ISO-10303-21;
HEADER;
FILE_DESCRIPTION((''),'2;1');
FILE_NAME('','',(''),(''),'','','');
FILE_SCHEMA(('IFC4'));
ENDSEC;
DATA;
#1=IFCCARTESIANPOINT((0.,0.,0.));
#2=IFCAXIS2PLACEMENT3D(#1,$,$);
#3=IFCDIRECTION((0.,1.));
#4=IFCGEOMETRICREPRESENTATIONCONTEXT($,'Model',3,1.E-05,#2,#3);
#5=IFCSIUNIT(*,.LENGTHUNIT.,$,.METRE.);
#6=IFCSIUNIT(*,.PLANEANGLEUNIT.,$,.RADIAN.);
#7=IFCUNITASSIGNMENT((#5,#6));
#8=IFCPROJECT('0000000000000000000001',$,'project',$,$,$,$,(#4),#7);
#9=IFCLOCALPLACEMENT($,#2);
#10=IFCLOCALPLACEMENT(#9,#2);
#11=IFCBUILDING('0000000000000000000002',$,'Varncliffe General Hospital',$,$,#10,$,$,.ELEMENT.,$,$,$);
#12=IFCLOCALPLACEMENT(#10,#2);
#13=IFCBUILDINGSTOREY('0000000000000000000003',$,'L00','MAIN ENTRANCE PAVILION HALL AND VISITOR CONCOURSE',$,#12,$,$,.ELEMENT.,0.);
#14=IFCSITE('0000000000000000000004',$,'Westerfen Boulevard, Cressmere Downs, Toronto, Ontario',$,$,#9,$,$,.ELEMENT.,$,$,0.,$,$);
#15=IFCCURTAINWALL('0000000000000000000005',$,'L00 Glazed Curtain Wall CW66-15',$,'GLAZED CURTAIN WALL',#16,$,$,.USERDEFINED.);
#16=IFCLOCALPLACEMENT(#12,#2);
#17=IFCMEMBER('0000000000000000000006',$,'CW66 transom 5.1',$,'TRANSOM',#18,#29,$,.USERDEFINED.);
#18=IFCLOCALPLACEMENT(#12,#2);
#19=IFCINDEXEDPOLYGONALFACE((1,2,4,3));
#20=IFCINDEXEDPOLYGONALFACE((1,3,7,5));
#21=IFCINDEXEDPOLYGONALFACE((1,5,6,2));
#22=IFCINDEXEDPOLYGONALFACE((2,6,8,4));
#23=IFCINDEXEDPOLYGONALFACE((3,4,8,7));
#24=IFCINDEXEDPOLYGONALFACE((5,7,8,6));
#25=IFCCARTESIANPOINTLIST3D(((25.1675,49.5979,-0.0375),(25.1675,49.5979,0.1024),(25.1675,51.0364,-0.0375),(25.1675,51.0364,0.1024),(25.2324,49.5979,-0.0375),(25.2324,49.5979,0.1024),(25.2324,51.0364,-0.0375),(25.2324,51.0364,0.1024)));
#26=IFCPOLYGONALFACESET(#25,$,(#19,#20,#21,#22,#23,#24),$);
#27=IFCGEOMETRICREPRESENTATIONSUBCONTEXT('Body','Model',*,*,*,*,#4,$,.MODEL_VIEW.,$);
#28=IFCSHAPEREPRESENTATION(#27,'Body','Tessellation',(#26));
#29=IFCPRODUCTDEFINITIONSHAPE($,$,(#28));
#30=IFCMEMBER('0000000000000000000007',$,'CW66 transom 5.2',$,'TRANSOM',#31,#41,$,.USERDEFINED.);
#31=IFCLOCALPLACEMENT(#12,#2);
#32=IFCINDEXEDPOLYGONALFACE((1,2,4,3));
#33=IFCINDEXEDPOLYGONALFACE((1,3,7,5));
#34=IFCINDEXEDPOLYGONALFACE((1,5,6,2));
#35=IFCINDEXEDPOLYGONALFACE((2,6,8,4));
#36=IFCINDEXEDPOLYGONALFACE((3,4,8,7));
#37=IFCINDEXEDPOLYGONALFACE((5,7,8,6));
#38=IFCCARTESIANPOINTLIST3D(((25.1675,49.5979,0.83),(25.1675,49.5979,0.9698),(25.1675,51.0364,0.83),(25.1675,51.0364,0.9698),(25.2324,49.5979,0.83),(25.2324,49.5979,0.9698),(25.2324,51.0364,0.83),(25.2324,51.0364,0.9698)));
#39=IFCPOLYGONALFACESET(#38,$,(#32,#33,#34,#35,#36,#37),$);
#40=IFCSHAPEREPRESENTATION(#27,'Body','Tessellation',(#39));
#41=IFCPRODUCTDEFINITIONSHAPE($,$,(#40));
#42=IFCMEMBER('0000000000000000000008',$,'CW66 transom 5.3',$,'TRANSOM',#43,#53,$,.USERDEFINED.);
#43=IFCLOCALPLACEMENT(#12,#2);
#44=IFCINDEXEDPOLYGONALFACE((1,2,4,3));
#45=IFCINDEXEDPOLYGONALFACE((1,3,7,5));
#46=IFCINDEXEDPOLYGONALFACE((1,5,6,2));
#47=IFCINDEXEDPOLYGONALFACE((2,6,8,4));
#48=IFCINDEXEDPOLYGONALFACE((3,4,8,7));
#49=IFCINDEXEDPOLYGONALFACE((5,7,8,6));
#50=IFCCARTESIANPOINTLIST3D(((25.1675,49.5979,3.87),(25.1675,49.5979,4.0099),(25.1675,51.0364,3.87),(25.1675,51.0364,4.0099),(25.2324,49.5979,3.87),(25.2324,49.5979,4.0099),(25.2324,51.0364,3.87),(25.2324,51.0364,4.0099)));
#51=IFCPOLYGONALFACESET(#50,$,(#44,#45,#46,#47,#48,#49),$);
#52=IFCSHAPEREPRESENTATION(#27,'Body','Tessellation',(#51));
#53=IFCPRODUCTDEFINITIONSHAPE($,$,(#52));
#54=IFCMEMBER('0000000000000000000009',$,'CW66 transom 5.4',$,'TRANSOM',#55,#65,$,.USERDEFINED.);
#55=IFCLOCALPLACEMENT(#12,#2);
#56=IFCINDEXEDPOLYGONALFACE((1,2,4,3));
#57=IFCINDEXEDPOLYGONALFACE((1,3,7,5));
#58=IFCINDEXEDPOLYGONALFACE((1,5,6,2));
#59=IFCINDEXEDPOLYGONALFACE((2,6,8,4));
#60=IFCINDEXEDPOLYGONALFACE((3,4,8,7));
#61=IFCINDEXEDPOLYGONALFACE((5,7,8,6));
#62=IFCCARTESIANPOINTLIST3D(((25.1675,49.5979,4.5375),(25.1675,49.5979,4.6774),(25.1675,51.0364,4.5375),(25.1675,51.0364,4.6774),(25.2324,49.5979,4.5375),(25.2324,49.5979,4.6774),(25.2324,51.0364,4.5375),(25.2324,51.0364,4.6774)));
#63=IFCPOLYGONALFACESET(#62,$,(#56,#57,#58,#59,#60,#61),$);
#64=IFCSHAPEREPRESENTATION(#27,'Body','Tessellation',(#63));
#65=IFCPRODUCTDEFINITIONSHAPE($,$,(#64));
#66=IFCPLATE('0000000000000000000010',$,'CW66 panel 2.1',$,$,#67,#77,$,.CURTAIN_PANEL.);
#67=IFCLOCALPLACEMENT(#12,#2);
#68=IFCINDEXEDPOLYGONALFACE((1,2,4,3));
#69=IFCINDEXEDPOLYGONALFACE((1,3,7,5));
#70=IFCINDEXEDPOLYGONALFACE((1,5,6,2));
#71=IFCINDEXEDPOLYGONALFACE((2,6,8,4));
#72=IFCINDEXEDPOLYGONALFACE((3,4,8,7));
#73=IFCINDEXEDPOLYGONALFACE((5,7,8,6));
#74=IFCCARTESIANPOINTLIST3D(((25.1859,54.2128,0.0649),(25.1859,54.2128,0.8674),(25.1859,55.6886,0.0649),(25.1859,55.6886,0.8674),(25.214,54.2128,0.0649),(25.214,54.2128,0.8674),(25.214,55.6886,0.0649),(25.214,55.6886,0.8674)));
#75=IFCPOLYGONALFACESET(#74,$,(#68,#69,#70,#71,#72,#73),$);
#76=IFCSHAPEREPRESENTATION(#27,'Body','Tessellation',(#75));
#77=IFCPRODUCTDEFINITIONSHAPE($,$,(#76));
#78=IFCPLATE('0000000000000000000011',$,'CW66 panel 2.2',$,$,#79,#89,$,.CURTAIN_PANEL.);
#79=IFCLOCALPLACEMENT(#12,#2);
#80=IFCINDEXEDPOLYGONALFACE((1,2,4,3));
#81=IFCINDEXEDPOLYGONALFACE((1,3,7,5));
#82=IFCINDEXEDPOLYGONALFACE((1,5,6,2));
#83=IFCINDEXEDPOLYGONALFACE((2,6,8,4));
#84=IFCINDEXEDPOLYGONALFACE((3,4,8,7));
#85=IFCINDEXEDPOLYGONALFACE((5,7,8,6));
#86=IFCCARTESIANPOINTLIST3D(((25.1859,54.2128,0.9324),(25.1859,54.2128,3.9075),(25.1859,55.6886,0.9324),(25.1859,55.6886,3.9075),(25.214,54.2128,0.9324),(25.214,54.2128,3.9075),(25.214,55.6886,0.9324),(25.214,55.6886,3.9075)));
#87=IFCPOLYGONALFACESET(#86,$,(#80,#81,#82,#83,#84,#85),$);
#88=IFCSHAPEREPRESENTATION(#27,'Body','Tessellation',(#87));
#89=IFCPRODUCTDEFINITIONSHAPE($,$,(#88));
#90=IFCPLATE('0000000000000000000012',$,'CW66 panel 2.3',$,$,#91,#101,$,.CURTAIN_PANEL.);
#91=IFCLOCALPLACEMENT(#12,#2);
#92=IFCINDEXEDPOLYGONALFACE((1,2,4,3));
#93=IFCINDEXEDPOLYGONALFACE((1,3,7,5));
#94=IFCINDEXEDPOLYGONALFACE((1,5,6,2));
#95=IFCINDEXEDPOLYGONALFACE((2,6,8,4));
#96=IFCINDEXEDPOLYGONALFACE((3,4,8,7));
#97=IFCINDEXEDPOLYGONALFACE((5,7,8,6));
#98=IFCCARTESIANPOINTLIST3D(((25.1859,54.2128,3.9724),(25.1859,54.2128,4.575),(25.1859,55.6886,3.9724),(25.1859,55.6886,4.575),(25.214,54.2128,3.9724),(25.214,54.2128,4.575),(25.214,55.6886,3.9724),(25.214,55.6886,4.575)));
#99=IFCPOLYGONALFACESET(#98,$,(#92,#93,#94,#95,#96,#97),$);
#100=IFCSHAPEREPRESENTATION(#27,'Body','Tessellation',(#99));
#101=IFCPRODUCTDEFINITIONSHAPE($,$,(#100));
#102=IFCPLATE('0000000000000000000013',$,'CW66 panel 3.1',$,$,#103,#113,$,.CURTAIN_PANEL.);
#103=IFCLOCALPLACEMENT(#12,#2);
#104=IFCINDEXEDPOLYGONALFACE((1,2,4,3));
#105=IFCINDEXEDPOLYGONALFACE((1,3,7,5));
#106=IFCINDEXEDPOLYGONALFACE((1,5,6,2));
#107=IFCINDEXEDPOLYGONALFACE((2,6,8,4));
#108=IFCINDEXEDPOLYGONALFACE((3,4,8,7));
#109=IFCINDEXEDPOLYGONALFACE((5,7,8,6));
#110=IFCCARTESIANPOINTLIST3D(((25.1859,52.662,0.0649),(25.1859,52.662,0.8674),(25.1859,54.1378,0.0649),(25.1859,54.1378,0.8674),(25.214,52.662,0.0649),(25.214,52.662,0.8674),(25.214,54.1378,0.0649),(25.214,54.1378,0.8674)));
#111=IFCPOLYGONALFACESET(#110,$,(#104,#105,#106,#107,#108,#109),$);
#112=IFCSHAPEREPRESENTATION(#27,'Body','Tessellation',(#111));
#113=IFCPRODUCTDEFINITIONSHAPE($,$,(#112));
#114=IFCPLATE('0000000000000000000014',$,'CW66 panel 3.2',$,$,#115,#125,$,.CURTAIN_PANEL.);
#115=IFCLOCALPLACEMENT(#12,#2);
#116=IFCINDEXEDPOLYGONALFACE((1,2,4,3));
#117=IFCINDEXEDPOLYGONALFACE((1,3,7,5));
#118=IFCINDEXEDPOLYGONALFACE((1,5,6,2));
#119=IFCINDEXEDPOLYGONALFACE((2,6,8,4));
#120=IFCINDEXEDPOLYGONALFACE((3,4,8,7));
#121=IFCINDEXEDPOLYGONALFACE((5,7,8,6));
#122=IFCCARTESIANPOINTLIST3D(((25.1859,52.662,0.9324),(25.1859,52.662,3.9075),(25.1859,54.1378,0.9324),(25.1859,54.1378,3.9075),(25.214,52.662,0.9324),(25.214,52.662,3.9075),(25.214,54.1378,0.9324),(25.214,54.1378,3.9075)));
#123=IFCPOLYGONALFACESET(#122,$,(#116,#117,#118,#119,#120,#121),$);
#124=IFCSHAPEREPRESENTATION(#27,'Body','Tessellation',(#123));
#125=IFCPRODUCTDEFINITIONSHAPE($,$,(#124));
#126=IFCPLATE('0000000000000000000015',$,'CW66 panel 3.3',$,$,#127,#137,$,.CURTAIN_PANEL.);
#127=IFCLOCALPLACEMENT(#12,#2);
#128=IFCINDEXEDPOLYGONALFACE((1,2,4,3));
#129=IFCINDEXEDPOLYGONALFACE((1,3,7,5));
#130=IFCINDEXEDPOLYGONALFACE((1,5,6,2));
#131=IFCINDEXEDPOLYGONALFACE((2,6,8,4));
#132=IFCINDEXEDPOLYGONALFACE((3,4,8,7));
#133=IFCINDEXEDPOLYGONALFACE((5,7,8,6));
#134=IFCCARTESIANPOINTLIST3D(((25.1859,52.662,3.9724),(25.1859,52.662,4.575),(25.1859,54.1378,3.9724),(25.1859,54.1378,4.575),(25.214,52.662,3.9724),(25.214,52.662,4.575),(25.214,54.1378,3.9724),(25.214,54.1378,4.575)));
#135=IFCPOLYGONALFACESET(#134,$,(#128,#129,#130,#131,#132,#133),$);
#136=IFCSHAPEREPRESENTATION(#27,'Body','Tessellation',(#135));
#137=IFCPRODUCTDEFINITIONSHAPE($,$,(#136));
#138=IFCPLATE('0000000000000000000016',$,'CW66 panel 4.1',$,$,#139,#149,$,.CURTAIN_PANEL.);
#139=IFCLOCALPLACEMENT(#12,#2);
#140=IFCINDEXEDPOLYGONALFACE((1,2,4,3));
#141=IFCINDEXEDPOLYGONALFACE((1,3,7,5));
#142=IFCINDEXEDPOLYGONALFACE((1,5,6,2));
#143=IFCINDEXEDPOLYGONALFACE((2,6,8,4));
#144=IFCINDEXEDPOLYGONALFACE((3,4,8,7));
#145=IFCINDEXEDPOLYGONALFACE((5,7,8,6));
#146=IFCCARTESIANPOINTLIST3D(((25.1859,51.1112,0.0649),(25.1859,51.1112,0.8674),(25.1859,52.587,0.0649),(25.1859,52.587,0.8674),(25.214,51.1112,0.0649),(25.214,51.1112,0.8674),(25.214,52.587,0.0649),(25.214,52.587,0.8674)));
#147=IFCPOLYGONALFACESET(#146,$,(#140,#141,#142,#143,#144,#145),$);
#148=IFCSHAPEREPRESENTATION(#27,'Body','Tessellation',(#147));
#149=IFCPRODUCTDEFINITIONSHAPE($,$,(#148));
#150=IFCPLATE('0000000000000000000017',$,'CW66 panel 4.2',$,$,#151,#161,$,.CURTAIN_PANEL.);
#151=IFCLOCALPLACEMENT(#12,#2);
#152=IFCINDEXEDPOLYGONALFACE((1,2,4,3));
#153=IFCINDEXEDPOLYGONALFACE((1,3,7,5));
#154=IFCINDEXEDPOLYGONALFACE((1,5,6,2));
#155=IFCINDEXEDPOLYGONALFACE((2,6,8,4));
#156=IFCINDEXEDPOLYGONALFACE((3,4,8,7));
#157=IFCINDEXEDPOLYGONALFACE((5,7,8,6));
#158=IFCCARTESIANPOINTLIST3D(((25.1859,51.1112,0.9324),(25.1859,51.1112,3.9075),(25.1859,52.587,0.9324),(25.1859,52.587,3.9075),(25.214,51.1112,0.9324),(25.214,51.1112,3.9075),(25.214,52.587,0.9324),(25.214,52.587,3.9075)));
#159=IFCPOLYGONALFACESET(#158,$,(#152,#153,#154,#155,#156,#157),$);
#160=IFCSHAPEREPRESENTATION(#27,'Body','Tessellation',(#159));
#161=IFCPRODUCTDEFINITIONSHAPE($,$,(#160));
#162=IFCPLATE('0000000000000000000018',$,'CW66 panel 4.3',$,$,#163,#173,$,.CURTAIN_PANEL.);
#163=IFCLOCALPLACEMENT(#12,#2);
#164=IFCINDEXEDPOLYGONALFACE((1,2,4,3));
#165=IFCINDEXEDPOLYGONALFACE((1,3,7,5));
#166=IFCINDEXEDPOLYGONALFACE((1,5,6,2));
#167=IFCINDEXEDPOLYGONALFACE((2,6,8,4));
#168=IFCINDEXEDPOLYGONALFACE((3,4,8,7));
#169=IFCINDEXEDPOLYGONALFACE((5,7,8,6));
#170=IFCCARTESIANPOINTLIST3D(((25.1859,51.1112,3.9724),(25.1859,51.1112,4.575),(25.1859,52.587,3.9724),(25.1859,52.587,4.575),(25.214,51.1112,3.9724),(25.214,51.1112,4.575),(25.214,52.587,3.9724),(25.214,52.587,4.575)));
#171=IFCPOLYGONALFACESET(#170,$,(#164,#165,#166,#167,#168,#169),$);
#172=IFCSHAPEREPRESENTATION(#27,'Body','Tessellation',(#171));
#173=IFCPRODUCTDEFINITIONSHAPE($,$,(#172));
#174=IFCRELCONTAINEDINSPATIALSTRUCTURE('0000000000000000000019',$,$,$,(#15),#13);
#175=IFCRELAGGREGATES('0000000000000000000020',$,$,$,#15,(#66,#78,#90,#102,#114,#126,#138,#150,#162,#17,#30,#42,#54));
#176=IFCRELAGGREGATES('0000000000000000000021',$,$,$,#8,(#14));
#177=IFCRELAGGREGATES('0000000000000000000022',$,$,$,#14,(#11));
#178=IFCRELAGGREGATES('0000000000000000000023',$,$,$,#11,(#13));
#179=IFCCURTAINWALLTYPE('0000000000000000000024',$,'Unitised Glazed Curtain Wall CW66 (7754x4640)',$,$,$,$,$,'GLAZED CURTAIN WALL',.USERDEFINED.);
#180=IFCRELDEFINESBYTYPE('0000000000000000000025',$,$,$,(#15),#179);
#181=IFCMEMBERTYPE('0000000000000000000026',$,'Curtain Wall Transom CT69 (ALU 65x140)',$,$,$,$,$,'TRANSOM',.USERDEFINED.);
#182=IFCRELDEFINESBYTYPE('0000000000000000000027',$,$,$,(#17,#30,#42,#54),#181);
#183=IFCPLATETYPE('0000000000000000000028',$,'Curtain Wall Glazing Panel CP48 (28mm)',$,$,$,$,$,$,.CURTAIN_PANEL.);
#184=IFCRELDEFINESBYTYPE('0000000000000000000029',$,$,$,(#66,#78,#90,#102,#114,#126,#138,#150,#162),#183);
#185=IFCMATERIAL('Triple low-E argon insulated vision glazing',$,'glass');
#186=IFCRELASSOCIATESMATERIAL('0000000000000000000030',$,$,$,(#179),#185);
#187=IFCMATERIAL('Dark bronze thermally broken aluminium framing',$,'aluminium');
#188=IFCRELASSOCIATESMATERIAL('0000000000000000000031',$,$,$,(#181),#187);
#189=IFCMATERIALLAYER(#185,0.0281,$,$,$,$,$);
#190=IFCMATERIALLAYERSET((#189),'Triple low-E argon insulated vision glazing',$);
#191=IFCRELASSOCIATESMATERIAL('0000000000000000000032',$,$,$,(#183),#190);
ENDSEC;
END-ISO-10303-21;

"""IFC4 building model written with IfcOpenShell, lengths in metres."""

from ifc_helpers import new_model, si_unit, direction, frame, origin, origin_2d, place, context, subcontext, project, spatial, rectangle, extrude, material, layer, layer_set, material_profile, profile_set, type_object, element, aggregate, save


model = new_model("IFC4")

# Units and contexts
model_context = context("Model", 3, precision=1e-05, world=origin(), true_north=direction((0.0, 1.0)))
body_context = subcontext(model_context, "Body", "Model", "MODEL_VIEW")
ifc_project = project(units=[si_unit("LENGTHUNIT", "METRE"), si_unit("PLANEANGLEUNIT", "RADIAN")], contexts=[model_context])

# Site, building, storey
site_placement = place(None, origin())
site = spatial("IfcSite", under=ifc_project, at=site_placement, Name="Westerfen Boulevard, Cressmere Downs, Toronto, Ontario", CompositionType="ELEMENT", RefElevation=0.0)
building_placement = place(site_placement, origin())
building = spatial("IfcBuilding", under=site, at=building_placement, Name="Varncliffe General Hospital", CompositionType="ELEMENT")
storey_placement = place(building_placement, origin())
storey = spatial("IfcBuildingStorey", under=building, at=storey_placement, Name="L00", Description="MAIN ENTRANCE PAVILION HALL AND VISITOR CONCOURSE", CompositionType="ELEMENT", Elevation=0.0)

# Curtain wall, members, plates
ifc_material_1 = material(Name="Triple low-E argon insulated vision glazing", Category="glass")
curtain_wall_type = type_object("IfcCurtainWallType", Name="Unitised Glazed Curtain Wall CW66 (7754x4640)", ElementType="GLAZED CURTAIN WALL", PredefinedType="USERDEFINED", material=ifc_material_1)
curtain_wall_placement = place(storey_placement, origin())
curtain_wall = element("IfcCurtainWall", 1, at=curtain_wall_placement, inside=storey, type_object=curtain_wall_type, Name="L00 Glazed Curtain Wall CW66-15", ObjectType="GLAZED CURTAIN WALL", PredefinedType="USERDEFINED")
ifc_material_2 = material(Name="Dark bronze thermally broken aluminium framing", Category="aluminium")
ifc_material_profile_1 = material_profile(ifc_material_2, rectangle(XDim=0.0649, YDim=0.1399, at=origin_2d()), Name="ALU 65x140")
ifc_profile_set_1 = profile_set([ifc_material_profile_1], Name="Dark bronze thermally broken aluminium framing")
member_type_1 = type_object("IfcMemberType", Name="Curtain Wall Transom CT69 (ALU 65x140)", ElementType="TRANSOM", PredefinedType="USERDEFINED", material=ifc_profile_set_1)
member_1_placement = place(storey_placement, frame((25.2, 51.0364, 0.0325), z_axis=(0.0, -1.0, 0.0), x_axis=(1.0, 0.0, 0.0)))
member_1 = element("IfcMember", 2, at=member_1_placement, type_object=member_type_1, Name="CW66 transom 5.1", ObjectType="TRANSOM", PredefinedType="USERDEFINED", context=body_context, shape_type="SweptSolid", body=[
    extrude(rectangle(XDim=0.0649, YDim=0.1399, at=origin_2d()), origin(), (0.0, 0.0, 1.0), 1.4385),
])
member_2_placement = place(storey_placement, frame((25.2, 51.0364, 0.8999), z_axis=(0.0, -1.0, 0.0), x_axis=(1.0, 0.0, 0.0)))
member_2 = element("IfcMember", 3, at=member_2_placement, type_object=member_type_1, Name="CW66 transom 5.2", ObjectType="TRANSOM", PredefinedType="USERDEFINED", context=body_context, shape_type="SweptSolid", body=[
    extrude(rectangle(XDim=0.0649, YDim=0.1399, at=origin_2d()), origin(), (0.0, 0.0, 1.0), 1.4385),
])
member_3_placement = place(storey_placement, frame((25.2, 51.0364, 3.9399), z_axis=(0.0, -1.0, 0.0), x_axis=(1.0, 0.0, 0.0)))
member_3 = element("IfcMember", 4, at=member_3_placement, type_object=member_type_1, Name="CW66 transom 5.3", ObjectType="TRANSOM", PredefinedType="USERDEFINED", context=body_context, shape_type="SweptSolid", body=[
    extrude(rectangle(XDim=0.0649, YDim=0.1399, at=origin_2d()), origin(), (0.0, 0.0, 1.0), 1.4385),
])
member_4_placement = place(storey_placement, frame((25.2, 51.0364, 4.6074), z_axis=(0.0, -1.0, 0.0), x_axis=(1.0, 0.0, 0.0)))
member_4 = element("IfcMember", 5, at=member_4_placement, type_object=member_type_1, Name="CW66 transom 5.4", ObjectType="TRANSOM", PredefinedType="USERDEFINED", context=body_context, shape_type="SweptSolid", body=[
    extrude(rectangle(XDim=0.0649, YDim=0.1399, at=origin_2d()), origin(), (0.0, 0.0, 1.0), 1.4385),
])
ifc_layer = layer(ifc_material_1, 0.0281)
ifc_layer_set = layer_set([ifc_layer], Name="Triple low-E argon insulated vision glazing")
plate_type = type_object("IfcPlateType", Name="Curtain Wall Glazing Panel CP48 (28mm)", PredefinedType="CURTAIN_PANEL", material=ifc_layer_set)
plate_1_placement = place(storey_placement, frame((25.2, 54.9507, 0.0649), z_axis=(0.0, 0.0, 1.0), x_axis=(0.0, -1.0, 0.0)))
plate_1 = element("IfcPlate", 6, at=plate_1_placement, type_object=plate_type, Name="CW66 panel 2.1", PredefinedType="CURTAIN_PANEL", context=body_context, shape_type="SweptSolid", body=[
    extrude(rectangle(XDim=1.4758, YDim=0.0281, at=origin_2d()), origin(), (0.0, 0.0, 1.0), 0.8025),
])
plate_2_placement = place(storey_placement, frame((25.2, 54.9507, 0.9324), z_axis=(0.0, 0.0, 1.0), x_axis=(0.0, -1.0, 0.0)))
plate_2 = element("IfcPlate", 7, at=plate_2_placement, type_object=plate_type, Name="CW66 panel 2.2", PredefinedType="CURTAIN_PANEL", context=body_context, shape_type="SweptSolid", body=[
    extrude(rectangle(XDim=1.4758, YDim=0.0281, at=origin_2d()), origin(), (0.0, 0.0, 1.0), 2.9751),
])
plate_3_placement = place(storey_placement, frame((25.2, 54.9507, 3.9724), z_axis=(0.0, 0.0, 1.0), x_axis=(0.0, -1.0, 0.0)))
plate_3 = element("IfcPlate", 8, at=plate_3_placement, type_object=plate_type, Name="CW66 panel 2.3", PredefinedType="CURTAIN_PANEL", context=body_context, shape_type="SweptSolid", body=[
    extrude(rectangle(XDim=1.4758, YDim=0.0281, at=origin_2d()), origin(), (0.0, 0.0, 1.0), 0.6025),
])
plate_4_placement = place(storey_placement, frame((25.2, 53.3999, 0.0649), z_axis=(0.0, 0.0, 1.0), x_axis=(0.0, -1.0, 0.0)))
plate_4 = element("IfcPlate", 9, at=plate_4_placement, type_object=plate_type, Name="CW66 panel 3.1", PredefinedType="CURTAIN_PANEL", context=body_context, shape_type="SweptSolid", body=[
    extrude(rectangle(XDim=1.4758, YDim=0.0281, at=origin_2d()), origin(), (0.0, 0.0, 1.0), 0.8025),
])
plate_5_placement = place(storey_placement, frame((25.2, 53.3999, 0.9324), z_axis=(0.0, 0.0, 1.0), x_axis=(0.0, -1.0, 0.0)))
plate_5 = element("IfcPlate", 10, at=plate_5_placement, type_object=plate_type, Name="CW66 panel 3.2", PredefinedType="CURTAIN_PANEL", context=body_context, shape_type="SweptSolid", body=[
    extrude(rectangle(XDim=1.4758, YDim=0.0281, at=origin_2d()), origin(), (0.0, 0.0, 1.0), 2.9751),
])
plate_6_placement = place(storey_placement, frame((25.2, 53.3999, 3.9724), z_axis=(0.0, 0.0, 1.0), x_axis=(0.0, -1.0, 0.0)))
plate_6 = element("IfcPlate", 11, at=plate_6_placement, type_object=plate_type, Name="CW66 panel 3.3", PredefinedType="CURTAIN_PANEL", context=body_context, shape_type="SweptSolid", body=[
    extrude(rectangle(XDim=1.4758, YDim=0.0281, at=origin_2d()), origin(), (0.0, 0.0, 1.0), 0.6025),
])
plate_7_placement = place(storey_placement, frame((25.2, 51.8491, 0.0649), z_axis=(0.0, 0.0, 1.0), x_axis=(0.0, -1.0, 0.0)))
plate_7 = element("IfcPlate", 12, at=plate_7_placement, type_object=plate_type, Name="CW66 panel 4.1", PredefinedType="CURTAIN_PANEL", context=body_context, shape_type="SweptSolid", body=[
    extrude(rectangle(XDim=1.4758, YDim=0.0281, at=origin_2d()), origin(), (0.0, 0.0, 1.0), 0.8025),
])
plate_8_placement = place(storey_placement, frame((25.2, 51.8491, 0.9324), z_axis=(0.0, 0.0, 1.0), x_axis=(0.0, -1.0, 0.0)))
plate_8 = element("IfcPlate", 13, at=plate_8_placement, type_object=plate_type, Name="CW66 panel 4.2", PredefinedType="CURTAIN_PANEL", context=body_context, shape_type="SweptSolid", body=[
    extrude(rectangle(XDim=1.4758, YDim=0.0281, at=origin_2d()), origin(), (0.0, 0.0, 1.0), 2.9751),
])
plate_9_placement = place(storey_placement, frame((25.2, 51.8491, 3.9724), z_axis=(0.0, 0.0, 1.0), x_axis=(0.0, -1.0, 0.0)))
plate_9 = element("IfcPlate", 14, at=plate_9_placement, type_object=plate_type, Name="CW66 panel 4.3", PredefinedType="CURTAIN_PANEL", context=body_context, shape_type="SweptSolid", body=[
    extrude(rectangle(XDim=1.4758, YDim=0.0281, at=origin_2d()), origin(), (0.0, 0.0, 1.0), 0.6025),
])
aggregate(curtain_wall, [plate_1, plate_2, plate_3, plate_4, plate_5, plate_6, plate_7, plate_8, plate_9, member_1, member_2, member_3, member_4])

save(model, "model.ifc")
